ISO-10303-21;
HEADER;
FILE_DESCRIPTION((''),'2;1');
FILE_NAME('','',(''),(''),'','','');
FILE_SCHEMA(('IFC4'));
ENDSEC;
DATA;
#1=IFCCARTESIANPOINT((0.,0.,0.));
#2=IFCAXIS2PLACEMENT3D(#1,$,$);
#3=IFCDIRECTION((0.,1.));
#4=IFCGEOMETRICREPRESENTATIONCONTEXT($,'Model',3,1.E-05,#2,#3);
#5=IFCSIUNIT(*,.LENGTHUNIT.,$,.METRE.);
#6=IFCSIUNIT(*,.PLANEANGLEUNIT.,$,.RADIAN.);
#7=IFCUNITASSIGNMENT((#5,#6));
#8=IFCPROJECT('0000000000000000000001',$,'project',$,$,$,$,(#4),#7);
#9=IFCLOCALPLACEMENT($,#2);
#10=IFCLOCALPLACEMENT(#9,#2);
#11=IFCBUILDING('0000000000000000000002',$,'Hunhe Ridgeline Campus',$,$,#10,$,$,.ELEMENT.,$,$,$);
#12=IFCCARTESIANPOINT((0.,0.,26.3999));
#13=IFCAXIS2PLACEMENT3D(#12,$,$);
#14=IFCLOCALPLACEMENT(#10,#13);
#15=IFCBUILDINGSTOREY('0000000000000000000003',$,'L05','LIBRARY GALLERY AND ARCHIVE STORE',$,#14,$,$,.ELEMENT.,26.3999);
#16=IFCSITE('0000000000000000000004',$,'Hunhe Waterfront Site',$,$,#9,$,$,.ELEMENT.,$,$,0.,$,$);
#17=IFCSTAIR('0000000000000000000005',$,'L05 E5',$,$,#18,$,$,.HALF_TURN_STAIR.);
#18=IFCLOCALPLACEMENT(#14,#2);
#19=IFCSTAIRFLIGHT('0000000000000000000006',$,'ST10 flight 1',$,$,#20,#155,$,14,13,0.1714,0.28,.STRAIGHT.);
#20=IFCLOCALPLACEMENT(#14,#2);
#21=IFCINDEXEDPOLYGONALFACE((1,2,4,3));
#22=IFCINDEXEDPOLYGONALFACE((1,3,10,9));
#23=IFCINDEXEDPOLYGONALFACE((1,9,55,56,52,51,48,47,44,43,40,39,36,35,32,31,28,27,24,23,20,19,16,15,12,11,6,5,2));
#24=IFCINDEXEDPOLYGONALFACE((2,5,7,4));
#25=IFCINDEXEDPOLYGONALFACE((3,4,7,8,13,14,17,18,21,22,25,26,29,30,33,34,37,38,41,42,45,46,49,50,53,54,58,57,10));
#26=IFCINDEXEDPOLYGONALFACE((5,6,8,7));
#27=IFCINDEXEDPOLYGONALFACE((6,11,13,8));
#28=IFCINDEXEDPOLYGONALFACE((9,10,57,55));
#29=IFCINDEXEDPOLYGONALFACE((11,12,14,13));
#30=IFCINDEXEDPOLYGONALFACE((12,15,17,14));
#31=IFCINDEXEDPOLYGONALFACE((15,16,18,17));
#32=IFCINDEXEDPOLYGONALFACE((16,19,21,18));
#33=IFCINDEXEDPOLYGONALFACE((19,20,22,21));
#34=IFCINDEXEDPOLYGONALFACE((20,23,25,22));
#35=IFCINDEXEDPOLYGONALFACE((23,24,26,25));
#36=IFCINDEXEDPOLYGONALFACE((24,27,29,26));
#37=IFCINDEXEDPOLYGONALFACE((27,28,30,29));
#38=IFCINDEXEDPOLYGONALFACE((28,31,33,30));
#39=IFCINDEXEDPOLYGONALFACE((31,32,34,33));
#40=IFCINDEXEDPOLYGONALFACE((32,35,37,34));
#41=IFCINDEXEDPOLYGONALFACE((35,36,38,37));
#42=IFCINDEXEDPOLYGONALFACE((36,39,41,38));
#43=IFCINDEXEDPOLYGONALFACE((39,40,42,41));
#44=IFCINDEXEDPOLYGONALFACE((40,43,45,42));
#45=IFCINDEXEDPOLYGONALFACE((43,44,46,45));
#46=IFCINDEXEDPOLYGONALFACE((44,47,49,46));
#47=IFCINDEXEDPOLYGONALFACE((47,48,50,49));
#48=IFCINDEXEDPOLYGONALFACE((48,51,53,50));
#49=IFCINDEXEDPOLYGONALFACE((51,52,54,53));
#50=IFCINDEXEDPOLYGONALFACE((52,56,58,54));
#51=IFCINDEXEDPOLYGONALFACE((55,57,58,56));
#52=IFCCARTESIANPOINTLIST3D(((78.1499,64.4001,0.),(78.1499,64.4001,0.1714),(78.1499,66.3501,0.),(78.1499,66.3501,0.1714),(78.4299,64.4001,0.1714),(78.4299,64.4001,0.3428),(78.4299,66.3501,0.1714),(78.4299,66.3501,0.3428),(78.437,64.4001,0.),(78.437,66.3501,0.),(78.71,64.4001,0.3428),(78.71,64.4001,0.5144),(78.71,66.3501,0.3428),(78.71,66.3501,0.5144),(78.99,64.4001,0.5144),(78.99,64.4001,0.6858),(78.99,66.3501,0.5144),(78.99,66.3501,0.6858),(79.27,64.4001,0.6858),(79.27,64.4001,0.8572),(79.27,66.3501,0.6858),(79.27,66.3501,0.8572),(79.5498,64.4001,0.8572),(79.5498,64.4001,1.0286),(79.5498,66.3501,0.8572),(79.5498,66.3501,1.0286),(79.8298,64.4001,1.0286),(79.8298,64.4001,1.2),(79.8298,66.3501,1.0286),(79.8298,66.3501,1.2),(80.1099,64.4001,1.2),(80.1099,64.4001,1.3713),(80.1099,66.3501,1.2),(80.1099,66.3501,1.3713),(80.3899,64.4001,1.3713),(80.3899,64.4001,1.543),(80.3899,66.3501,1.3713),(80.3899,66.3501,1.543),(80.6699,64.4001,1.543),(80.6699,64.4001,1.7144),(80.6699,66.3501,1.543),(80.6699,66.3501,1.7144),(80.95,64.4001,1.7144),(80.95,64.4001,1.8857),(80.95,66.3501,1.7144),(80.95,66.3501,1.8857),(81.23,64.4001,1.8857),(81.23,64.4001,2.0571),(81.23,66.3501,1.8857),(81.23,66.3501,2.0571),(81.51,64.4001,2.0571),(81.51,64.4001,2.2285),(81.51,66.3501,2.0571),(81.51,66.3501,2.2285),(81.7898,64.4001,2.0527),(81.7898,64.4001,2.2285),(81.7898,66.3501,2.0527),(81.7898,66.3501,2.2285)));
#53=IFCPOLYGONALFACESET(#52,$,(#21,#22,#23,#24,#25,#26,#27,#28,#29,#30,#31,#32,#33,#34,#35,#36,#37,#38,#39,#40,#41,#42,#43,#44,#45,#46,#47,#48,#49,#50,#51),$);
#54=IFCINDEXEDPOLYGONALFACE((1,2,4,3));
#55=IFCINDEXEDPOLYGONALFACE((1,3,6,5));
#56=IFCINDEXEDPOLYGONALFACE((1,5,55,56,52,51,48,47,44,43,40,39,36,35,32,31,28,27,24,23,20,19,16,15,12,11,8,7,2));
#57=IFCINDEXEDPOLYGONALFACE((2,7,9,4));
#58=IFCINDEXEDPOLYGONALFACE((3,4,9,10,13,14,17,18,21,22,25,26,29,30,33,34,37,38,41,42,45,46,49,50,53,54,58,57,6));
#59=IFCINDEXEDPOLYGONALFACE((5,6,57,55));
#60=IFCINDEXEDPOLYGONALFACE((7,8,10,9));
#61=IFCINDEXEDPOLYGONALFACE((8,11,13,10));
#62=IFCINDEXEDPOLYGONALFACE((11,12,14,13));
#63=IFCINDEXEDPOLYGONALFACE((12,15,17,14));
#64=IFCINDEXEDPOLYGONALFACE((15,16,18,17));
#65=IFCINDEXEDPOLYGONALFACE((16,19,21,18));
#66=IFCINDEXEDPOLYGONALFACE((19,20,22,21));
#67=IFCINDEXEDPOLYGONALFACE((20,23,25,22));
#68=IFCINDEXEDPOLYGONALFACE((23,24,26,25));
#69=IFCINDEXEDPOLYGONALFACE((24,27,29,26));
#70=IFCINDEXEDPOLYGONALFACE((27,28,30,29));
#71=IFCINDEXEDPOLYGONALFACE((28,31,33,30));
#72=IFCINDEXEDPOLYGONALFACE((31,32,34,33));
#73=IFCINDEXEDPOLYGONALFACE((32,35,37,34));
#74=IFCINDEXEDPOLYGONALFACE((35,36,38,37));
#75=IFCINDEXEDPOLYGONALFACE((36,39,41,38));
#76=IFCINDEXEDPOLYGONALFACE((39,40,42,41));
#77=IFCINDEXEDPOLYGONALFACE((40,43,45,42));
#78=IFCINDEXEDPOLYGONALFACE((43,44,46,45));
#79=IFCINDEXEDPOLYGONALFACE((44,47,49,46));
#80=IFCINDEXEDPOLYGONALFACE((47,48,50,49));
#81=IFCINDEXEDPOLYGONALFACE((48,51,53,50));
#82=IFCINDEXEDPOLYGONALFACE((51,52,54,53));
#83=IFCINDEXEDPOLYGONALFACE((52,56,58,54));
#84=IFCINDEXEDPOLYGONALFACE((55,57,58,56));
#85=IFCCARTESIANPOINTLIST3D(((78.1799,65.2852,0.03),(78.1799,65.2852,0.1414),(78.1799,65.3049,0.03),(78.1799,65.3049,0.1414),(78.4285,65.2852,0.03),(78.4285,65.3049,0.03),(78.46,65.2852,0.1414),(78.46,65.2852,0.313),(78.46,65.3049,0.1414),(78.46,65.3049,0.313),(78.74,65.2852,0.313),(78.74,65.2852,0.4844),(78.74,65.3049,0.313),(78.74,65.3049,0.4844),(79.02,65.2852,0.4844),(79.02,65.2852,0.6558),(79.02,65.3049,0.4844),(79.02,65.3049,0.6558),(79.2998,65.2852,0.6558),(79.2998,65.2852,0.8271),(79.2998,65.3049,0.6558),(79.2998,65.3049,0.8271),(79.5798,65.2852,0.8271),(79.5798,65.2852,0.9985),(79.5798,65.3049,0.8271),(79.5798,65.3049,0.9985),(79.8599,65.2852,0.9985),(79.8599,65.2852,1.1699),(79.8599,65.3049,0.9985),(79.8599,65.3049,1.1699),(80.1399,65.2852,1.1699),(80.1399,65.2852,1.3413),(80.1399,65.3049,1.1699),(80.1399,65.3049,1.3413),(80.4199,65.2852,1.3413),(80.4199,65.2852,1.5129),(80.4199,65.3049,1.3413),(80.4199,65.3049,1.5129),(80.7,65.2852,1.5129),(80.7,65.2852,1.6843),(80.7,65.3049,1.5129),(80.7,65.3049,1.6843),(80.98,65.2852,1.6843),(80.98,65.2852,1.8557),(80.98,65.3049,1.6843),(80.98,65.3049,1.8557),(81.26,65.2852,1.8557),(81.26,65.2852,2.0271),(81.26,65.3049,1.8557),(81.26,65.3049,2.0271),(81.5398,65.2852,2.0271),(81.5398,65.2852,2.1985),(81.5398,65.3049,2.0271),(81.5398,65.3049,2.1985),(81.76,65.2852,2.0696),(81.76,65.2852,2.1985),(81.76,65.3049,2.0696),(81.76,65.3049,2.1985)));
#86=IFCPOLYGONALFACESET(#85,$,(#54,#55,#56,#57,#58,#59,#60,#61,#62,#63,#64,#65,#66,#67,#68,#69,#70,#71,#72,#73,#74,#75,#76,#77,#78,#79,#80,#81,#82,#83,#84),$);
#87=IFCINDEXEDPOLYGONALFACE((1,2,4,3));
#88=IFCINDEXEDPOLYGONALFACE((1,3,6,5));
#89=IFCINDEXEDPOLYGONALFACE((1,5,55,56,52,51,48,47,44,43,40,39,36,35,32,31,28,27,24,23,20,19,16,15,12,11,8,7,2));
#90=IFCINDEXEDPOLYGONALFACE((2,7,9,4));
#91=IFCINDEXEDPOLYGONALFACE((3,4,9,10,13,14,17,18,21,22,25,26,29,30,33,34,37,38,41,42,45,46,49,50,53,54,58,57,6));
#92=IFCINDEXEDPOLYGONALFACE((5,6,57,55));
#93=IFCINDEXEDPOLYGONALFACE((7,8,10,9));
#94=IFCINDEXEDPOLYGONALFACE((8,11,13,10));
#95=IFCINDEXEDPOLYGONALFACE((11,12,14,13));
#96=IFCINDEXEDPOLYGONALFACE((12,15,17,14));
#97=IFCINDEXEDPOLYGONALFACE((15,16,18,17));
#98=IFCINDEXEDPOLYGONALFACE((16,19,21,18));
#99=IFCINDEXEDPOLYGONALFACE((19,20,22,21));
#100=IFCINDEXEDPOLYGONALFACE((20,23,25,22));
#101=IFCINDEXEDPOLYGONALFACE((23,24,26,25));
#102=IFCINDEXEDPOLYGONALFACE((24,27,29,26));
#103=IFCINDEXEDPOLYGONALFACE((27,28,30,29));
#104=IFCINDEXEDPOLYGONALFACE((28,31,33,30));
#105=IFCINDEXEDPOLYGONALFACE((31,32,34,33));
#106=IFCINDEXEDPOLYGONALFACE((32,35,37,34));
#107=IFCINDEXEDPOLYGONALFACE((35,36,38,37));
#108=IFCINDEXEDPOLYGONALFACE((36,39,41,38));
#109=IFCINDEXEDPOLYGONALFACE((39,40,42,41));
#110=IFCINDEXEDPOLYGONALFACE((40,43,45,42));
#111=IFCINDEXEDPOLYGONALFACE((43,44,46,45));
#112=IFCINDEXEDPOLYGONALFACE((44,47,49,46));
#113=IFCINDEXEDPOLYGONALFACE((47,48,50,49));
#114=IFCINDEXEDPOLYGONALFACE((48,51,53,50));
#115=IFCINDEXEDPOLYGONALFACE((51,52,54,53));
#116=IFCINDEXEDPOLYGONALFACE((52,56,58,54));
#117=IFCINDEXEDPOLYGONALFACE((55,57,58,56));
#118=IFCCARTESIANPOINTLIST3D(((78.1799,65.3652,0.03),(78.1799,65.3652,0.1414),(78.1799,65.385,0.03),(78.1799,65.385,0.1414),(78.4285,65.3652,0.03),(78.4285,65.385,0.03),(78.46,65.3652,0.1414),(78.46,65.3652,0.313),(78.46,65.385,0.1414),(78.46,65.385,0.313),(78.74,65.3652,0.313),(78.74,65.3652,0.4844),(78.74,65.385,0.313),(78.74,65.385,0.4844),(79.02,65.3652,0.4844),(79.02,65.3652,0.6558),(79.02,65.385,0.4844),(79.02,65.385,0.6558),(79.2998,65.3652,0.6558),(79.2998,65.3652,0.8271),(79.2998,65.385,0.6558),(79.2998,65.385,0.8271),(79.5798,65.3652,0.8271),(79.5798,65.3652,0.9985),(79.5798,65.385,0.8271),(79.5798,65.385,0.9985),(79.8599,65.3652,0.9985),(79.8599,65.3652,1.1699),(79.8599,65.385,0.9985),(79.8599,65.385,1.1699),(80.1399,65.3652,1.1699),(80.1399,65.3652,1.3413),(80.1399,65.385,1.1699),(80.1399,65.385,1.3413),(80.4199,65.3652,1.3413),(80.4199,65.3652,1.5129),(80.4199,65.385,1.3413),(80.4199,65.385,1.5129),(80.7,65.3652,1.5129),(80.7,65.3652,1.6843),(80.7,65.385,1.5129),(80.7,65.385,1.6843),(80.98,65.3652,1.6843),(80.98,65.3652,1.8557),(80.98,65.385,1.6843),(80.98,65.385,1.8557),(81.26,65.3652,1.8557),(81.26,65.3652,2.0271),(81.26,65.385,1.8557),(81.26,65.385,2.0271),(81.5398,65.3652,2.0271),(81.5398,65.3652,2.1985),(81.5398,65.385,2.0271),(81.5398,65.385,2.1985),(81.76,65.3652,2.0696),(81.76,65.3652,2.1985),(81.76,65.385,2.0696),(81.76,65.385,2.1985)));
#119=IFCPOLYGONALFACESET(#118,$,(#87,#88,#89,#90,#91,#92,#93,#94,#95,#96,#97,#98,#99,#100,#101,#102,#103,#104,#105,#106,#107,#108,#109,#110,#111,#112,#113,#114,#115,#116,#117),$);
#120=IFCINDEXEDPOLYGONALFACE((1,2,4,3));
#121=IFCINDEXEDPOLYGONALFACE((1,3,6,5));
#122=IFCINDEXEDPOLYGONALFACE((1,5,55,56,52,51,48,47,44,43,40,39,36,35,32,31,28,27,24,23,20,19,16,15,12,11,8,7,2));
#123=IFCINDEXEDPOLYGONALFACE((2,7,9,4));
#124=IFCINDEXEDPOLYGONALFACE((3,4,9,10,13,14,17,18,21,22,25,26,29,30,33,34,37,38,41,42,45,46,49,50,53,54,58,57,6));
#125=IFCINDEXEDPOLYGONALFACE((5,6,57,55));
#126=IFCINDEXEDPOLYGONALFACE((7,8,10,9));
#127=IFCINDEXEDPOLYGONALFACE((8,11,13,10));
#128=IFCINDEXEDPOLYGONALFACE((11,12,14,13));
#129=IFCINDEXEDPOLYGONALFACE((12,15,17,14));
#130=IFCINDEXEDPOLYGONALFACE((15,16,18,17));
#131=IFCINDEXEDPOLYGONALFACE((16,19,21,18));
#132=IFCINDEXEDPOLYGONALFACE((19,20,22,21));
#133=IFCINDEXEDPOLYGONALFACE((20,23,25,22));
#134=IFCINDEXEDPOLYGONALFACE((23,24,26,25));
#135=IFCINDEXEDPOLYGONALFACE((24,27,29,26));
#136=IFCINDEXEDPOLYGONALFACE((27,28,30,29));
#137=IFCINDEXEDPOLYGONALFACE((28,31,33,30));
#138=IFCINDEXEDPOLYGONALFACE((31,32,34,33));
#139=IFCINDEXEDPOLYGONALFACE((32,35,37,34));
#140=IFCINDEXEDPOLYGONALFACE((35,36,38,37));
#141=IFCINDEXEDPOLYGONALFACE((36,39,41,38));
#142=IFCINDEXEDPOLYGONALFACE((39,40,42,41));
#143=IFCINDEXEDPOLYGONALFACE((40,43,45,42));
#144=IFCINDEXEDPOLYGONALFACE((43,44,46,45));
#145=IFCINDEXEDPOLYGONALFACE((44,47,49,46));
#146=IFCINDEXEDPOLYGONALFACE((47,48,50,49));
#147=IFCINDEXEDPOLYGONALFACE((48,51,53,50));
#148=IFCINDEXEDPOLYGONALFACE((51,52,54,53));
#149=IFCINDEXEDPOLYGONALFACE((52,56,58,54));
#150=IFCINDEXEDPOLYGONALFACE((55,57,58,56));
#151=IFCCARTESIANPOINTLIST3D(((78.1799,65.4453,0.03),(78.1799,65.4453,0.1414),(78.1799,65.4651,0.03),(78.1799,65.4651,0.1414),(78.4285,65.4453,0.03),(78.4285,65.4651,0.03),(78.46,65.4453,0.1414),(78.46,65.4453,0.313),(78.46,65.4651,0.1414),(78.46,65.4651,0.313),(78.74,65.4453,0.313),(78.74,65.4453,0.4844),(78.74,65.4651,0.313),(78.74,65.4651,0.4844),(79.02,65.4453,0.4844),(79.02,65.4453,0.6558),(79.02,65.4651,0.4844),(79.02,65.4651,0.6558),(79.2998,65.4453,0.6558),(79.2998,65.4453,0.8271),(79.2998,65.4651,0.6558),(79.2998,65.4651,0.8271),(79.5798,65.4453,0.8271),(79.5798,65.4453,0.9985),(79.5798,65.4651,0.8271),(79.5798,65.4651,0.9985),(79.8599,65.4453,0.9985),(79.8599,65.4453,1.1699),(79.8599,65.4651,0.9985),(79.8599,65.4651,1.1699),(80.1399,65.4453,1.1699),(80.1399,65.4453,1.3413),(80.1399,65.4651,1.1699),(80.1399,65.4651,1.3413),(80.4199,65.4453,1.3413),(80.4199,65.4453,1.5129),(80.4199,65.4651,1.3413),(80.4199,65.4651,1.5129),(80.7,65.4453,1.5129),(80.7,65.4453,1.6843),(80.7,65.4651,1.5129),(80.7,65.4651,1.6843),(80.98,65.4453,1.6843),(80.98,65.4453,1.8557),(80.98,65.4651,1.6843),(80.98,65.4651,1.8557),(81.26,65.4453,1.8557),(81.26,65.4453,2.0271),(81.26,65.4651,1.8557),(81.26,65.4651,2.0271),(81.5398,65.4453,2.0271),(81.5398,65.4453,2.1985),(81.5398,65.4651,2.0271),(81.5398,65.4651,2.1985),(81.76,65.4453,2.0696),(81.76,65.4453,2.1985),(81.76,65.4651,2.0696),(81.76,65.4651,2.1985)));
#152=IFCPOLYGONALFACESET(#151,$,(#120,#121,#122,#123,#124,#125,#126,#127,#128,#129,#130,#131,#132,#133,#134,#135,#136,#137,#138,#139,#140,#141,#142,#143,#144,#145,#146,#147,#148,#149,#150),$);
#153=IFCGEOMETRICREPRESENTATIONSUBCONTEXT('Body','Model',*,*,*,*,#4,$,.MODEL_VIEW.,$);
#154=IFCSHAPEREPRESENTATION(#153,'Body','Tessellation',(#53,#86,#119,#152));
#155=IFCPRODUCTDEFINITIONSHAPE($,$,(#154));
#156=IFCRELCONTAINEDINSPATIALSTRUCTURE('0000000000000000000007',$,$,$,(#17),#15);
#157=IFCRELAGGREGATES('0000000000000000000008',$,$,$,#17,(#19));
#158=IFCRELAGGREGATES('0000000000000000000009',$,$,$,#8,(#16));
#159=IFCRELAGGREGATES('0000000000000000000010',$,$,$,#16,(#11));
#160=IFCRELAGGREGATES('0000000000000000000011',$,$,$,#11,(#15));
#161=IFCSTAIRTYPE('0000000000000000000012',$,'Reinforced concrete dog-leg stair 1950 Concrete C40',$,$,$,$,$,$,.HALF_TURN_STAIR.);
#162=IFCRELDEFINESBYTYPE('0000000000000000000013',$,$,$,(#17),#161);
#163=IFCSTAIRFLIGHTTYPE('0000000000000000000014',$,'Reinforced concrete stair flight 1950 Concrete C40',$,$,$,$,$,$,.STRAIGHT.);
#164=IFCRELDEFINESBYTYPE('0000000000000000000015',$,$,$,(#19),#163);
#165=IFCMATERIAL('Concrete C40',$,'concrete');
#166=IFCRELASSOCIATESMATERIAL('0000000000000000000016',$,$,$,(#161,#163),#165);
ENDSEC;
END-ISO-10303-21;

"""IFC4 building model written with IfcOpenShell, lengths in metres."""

from ifc_helpers import new_model, si_unit, direction, frame, origin, place, context, subcontext, project, spatial, polyline, outline, extrude, material, type_object, element, aggregate, save


model = new_model("IFC4")

# Units and contexts
model_context = context("Model", 3, precision=1e-05, world=origin(), true_north=direction((0.0, 1.0)))
body_context = subcontext(model_context, "Body", "Model", "MODEL_VIEW")
ifc_project = project(units=[si_unit("LENGTHUNIT", "METRE"), si_unit("PLANEANGLEUNIT", "RADIAN")], contexts=[model_context])

# Site, building, storey
site_placement = place(None, origin())
site = spatial("IfcSite", under=ifc_project, at=site_placement, Name="Hunhe Waterfront Site", CompositionType="ELEMENT", RefElevation=0.0)
building_placement = place(site_placement, origin())
building = spatial("IfcBuilding", under=site, at=building_placement, Name="Hunhe Ridgeline Campus", CompositionType="ELEMENT")
storey_placement = place(building_placement, frame((0.0, 0.0, 26.3999)))
storey = spatial("IfcBuildingStorey", under=building, at=storey_placement, Name="L05", Description="LIBRARY GALLERY AND ARCHIVE STORE", CompositionType="ELEMENT", Elevation=26.3999)

# Stair, stair flight
ifc_material_1 = material(Name="Concrete C40", Category="concrete")
stair_type = type_object("IfcStairType", Name="Reinforced concrete dog-leg stair 1950 Concrete C40", PredefinedType="HALF_TURN_STAIR", material=ifc_material_1)
stair_placement = place(storey_placement, origin())
stair = element("IfcStair", 1, at=stair_placement, inside=storey, type_object=stair_type, Name="L05 E5", PredefinedType="HALF_TURN_STAIR")
stair_flight_type = type_object("IfcStairFlightType", Name="Reinforced concrete stair flight 1950 Concrete C40", PredefinedType="STRAIGHT", material=ifc_material_1)
stair_flight_1_placement = place(storey_placement, frame((78.1499, 65.375, 0.0), z_axis=(0.0, 0.0, 1.0), x_axis=(1.0, 0.0, 0.0)))
stair_flight_1 = element("IfcStairFlight", 2, at=stair_flight_1_placement, type_object=stair_flight_type, Name="ST10 flight 1", NumberOfRisers=14, NumberOfTreads=13, PredefinedType="STRAIGHT", RiserHeight=0.1714, TreadLength=0.28, context=body_context, shape_type="SweptSolid", body=[
    extrude(outline(polyline([(0.0, 0.0), (0.0, 0.1714), (0.28, 0.1714), (0.28, 0.3428), (0.5601, 0.3428), (0.5601, 0.5144), (0.8401, 0.5144), (0.8401, 0.6858), (1.1201, 0.6858), (1.1201, 0.8572), (1.3999, 0.8572), (1.3999, 1.0286), (1.6799, 1.0286), (1.6799, 1.2), (1.96, 1.2), (1.96, 1.3713), (2.24, 1.3713), (2.24, 1.543), (2.52, 1.543), (2.52, 1.7144), (2.8, 1.7144), (2.8, 1.8857), (3.0801, 1.8857), (3.0801, 2.0571), (3.3601, 2.0571), (3.3601, 2.2285), (3.6399, 2.2285), (3.6399, 2.3999), (3.6399, 2.0527), (0.2871, 0.0), (0.0, 0.0)])), frame((0.0, 0.9751, 0.0), z_axis=(0.0, -1.0, 0.0), x_axis=(1.0, 0.0, 0.0)), (0.0, 0.0, 1.0), 1.95),
    extrude(outline(polyline([(0.03, 0.03), (0.03, 0.1414), (0.3101, 0.1414), (0.3101, 0.313), (0.5901, 0.313), (0.5901, 0.4844), (0.8701, 0.4844), (0.8701, 0.6558), (1.1499, 0.6558), (1.1499, 0.8271), (1.4299, 0.8271), (1.4299, 0.9985), (1.71, 0.9985), (1.71, 1.1699), (1.99, 1.1699), (1.99, 1.3413), (2.27, 1.3413), (2.27, 1.5129), (2.55, 1.5129), (2.55, 1.6843), (2.8301, 1.6843), (2.8301, 1.8557), (3.1101, 1.8557), (3.1101, 2.0271), (3.3899, 2.0271), (3.3899, 2.1985), (3.6101, 2.1985), (3.6101, 2.0696), (0.2786, 0.03), (0.03, 0.03)])), frame((0.0, -0.0701, 0.0), z_axis=(0.0, -1.0, 0.0), x_axis=(1.0, 0.0, 0.0)), (0.0, 0.0, 1.0), 0.0198),
    extrude(outline(polyline([(0.03, 0.03), (0.03, 0.1414), (0.3101, 0.1414), (0.3101, 0.313), (0.5901, 0.313), (0.5901, 0.4844), (0.8701, 0.4844), (0.8701, 0.6558), (1.1499, 0.6558), (1.1499, 0.8271), (1.4299, 0.8271), (1.4299, 0.9985), (1.71, 0.9985), (1.71, 1.1699), (1.99, 1.1699), (1.99, 1.3413), (2.27, 1.3413), (2.27, 1.5129), (2.55, 1.5129), (2.55, 1.6843), (2.8301, 1.6843), (2.8301, 1.8557), (3.1101, 1.8557), (3.1101, 2.0271), (3.3899, 2.0271), (3.3899, 2.1985), (3.6101, 2.1985), (3.6101, 2.0696), (0.2786, 0.03), (0.03, 0.03)])), frame((0.0, 0.01, 0.0), z_axis=(0.0, -1.0, 0.0), x_axis=(1.0, 0.0, 0.0)), (0.0, 0.0, 1.0), 0.0198),
    extrude(outline(polyline([(0.03, 0.03), (0.03, 0.1414), (0.3101, 0.1414), (0.3101, 0.313), (0.5901, 0.313), (0.5901, 0.4844), (0.8701, 0.4844), (0.8701, 0.6558), (1.1499, 0.6558), (1.1499, 0.8271), (1.4299, 0.8271), (1.4299, 0.9985), (1.71, 0.9985), (1.71, 1.1699), (1.99, 1.1699), (1.99, 1.3413), (2.27, 1.3413), (2.27, 1.5129), (2.55, 1.5129), (2.55, 1.6843), (2.8301, 1.6843), (2.8301, 1.8557), (3.1101, 1.8557), (3.1101, 2.0271), (3.3899, 2.0271), (3.3899, 2.1985), (3.6101, 2.1985), (3.6101, 2.0696), (0.2786, 0.03), (0.03, 0.03)])), frame((0.0, 0.0901, 0.0), z_axis=(0.0, -1.0, 0.0), x_axis=(1.0, 0.0, 0.0)), (0.0, 0.0, 1.0), 0.0198),
])
aggregate(stair, [stair_flight_1])

save(model, "model.ifc")
